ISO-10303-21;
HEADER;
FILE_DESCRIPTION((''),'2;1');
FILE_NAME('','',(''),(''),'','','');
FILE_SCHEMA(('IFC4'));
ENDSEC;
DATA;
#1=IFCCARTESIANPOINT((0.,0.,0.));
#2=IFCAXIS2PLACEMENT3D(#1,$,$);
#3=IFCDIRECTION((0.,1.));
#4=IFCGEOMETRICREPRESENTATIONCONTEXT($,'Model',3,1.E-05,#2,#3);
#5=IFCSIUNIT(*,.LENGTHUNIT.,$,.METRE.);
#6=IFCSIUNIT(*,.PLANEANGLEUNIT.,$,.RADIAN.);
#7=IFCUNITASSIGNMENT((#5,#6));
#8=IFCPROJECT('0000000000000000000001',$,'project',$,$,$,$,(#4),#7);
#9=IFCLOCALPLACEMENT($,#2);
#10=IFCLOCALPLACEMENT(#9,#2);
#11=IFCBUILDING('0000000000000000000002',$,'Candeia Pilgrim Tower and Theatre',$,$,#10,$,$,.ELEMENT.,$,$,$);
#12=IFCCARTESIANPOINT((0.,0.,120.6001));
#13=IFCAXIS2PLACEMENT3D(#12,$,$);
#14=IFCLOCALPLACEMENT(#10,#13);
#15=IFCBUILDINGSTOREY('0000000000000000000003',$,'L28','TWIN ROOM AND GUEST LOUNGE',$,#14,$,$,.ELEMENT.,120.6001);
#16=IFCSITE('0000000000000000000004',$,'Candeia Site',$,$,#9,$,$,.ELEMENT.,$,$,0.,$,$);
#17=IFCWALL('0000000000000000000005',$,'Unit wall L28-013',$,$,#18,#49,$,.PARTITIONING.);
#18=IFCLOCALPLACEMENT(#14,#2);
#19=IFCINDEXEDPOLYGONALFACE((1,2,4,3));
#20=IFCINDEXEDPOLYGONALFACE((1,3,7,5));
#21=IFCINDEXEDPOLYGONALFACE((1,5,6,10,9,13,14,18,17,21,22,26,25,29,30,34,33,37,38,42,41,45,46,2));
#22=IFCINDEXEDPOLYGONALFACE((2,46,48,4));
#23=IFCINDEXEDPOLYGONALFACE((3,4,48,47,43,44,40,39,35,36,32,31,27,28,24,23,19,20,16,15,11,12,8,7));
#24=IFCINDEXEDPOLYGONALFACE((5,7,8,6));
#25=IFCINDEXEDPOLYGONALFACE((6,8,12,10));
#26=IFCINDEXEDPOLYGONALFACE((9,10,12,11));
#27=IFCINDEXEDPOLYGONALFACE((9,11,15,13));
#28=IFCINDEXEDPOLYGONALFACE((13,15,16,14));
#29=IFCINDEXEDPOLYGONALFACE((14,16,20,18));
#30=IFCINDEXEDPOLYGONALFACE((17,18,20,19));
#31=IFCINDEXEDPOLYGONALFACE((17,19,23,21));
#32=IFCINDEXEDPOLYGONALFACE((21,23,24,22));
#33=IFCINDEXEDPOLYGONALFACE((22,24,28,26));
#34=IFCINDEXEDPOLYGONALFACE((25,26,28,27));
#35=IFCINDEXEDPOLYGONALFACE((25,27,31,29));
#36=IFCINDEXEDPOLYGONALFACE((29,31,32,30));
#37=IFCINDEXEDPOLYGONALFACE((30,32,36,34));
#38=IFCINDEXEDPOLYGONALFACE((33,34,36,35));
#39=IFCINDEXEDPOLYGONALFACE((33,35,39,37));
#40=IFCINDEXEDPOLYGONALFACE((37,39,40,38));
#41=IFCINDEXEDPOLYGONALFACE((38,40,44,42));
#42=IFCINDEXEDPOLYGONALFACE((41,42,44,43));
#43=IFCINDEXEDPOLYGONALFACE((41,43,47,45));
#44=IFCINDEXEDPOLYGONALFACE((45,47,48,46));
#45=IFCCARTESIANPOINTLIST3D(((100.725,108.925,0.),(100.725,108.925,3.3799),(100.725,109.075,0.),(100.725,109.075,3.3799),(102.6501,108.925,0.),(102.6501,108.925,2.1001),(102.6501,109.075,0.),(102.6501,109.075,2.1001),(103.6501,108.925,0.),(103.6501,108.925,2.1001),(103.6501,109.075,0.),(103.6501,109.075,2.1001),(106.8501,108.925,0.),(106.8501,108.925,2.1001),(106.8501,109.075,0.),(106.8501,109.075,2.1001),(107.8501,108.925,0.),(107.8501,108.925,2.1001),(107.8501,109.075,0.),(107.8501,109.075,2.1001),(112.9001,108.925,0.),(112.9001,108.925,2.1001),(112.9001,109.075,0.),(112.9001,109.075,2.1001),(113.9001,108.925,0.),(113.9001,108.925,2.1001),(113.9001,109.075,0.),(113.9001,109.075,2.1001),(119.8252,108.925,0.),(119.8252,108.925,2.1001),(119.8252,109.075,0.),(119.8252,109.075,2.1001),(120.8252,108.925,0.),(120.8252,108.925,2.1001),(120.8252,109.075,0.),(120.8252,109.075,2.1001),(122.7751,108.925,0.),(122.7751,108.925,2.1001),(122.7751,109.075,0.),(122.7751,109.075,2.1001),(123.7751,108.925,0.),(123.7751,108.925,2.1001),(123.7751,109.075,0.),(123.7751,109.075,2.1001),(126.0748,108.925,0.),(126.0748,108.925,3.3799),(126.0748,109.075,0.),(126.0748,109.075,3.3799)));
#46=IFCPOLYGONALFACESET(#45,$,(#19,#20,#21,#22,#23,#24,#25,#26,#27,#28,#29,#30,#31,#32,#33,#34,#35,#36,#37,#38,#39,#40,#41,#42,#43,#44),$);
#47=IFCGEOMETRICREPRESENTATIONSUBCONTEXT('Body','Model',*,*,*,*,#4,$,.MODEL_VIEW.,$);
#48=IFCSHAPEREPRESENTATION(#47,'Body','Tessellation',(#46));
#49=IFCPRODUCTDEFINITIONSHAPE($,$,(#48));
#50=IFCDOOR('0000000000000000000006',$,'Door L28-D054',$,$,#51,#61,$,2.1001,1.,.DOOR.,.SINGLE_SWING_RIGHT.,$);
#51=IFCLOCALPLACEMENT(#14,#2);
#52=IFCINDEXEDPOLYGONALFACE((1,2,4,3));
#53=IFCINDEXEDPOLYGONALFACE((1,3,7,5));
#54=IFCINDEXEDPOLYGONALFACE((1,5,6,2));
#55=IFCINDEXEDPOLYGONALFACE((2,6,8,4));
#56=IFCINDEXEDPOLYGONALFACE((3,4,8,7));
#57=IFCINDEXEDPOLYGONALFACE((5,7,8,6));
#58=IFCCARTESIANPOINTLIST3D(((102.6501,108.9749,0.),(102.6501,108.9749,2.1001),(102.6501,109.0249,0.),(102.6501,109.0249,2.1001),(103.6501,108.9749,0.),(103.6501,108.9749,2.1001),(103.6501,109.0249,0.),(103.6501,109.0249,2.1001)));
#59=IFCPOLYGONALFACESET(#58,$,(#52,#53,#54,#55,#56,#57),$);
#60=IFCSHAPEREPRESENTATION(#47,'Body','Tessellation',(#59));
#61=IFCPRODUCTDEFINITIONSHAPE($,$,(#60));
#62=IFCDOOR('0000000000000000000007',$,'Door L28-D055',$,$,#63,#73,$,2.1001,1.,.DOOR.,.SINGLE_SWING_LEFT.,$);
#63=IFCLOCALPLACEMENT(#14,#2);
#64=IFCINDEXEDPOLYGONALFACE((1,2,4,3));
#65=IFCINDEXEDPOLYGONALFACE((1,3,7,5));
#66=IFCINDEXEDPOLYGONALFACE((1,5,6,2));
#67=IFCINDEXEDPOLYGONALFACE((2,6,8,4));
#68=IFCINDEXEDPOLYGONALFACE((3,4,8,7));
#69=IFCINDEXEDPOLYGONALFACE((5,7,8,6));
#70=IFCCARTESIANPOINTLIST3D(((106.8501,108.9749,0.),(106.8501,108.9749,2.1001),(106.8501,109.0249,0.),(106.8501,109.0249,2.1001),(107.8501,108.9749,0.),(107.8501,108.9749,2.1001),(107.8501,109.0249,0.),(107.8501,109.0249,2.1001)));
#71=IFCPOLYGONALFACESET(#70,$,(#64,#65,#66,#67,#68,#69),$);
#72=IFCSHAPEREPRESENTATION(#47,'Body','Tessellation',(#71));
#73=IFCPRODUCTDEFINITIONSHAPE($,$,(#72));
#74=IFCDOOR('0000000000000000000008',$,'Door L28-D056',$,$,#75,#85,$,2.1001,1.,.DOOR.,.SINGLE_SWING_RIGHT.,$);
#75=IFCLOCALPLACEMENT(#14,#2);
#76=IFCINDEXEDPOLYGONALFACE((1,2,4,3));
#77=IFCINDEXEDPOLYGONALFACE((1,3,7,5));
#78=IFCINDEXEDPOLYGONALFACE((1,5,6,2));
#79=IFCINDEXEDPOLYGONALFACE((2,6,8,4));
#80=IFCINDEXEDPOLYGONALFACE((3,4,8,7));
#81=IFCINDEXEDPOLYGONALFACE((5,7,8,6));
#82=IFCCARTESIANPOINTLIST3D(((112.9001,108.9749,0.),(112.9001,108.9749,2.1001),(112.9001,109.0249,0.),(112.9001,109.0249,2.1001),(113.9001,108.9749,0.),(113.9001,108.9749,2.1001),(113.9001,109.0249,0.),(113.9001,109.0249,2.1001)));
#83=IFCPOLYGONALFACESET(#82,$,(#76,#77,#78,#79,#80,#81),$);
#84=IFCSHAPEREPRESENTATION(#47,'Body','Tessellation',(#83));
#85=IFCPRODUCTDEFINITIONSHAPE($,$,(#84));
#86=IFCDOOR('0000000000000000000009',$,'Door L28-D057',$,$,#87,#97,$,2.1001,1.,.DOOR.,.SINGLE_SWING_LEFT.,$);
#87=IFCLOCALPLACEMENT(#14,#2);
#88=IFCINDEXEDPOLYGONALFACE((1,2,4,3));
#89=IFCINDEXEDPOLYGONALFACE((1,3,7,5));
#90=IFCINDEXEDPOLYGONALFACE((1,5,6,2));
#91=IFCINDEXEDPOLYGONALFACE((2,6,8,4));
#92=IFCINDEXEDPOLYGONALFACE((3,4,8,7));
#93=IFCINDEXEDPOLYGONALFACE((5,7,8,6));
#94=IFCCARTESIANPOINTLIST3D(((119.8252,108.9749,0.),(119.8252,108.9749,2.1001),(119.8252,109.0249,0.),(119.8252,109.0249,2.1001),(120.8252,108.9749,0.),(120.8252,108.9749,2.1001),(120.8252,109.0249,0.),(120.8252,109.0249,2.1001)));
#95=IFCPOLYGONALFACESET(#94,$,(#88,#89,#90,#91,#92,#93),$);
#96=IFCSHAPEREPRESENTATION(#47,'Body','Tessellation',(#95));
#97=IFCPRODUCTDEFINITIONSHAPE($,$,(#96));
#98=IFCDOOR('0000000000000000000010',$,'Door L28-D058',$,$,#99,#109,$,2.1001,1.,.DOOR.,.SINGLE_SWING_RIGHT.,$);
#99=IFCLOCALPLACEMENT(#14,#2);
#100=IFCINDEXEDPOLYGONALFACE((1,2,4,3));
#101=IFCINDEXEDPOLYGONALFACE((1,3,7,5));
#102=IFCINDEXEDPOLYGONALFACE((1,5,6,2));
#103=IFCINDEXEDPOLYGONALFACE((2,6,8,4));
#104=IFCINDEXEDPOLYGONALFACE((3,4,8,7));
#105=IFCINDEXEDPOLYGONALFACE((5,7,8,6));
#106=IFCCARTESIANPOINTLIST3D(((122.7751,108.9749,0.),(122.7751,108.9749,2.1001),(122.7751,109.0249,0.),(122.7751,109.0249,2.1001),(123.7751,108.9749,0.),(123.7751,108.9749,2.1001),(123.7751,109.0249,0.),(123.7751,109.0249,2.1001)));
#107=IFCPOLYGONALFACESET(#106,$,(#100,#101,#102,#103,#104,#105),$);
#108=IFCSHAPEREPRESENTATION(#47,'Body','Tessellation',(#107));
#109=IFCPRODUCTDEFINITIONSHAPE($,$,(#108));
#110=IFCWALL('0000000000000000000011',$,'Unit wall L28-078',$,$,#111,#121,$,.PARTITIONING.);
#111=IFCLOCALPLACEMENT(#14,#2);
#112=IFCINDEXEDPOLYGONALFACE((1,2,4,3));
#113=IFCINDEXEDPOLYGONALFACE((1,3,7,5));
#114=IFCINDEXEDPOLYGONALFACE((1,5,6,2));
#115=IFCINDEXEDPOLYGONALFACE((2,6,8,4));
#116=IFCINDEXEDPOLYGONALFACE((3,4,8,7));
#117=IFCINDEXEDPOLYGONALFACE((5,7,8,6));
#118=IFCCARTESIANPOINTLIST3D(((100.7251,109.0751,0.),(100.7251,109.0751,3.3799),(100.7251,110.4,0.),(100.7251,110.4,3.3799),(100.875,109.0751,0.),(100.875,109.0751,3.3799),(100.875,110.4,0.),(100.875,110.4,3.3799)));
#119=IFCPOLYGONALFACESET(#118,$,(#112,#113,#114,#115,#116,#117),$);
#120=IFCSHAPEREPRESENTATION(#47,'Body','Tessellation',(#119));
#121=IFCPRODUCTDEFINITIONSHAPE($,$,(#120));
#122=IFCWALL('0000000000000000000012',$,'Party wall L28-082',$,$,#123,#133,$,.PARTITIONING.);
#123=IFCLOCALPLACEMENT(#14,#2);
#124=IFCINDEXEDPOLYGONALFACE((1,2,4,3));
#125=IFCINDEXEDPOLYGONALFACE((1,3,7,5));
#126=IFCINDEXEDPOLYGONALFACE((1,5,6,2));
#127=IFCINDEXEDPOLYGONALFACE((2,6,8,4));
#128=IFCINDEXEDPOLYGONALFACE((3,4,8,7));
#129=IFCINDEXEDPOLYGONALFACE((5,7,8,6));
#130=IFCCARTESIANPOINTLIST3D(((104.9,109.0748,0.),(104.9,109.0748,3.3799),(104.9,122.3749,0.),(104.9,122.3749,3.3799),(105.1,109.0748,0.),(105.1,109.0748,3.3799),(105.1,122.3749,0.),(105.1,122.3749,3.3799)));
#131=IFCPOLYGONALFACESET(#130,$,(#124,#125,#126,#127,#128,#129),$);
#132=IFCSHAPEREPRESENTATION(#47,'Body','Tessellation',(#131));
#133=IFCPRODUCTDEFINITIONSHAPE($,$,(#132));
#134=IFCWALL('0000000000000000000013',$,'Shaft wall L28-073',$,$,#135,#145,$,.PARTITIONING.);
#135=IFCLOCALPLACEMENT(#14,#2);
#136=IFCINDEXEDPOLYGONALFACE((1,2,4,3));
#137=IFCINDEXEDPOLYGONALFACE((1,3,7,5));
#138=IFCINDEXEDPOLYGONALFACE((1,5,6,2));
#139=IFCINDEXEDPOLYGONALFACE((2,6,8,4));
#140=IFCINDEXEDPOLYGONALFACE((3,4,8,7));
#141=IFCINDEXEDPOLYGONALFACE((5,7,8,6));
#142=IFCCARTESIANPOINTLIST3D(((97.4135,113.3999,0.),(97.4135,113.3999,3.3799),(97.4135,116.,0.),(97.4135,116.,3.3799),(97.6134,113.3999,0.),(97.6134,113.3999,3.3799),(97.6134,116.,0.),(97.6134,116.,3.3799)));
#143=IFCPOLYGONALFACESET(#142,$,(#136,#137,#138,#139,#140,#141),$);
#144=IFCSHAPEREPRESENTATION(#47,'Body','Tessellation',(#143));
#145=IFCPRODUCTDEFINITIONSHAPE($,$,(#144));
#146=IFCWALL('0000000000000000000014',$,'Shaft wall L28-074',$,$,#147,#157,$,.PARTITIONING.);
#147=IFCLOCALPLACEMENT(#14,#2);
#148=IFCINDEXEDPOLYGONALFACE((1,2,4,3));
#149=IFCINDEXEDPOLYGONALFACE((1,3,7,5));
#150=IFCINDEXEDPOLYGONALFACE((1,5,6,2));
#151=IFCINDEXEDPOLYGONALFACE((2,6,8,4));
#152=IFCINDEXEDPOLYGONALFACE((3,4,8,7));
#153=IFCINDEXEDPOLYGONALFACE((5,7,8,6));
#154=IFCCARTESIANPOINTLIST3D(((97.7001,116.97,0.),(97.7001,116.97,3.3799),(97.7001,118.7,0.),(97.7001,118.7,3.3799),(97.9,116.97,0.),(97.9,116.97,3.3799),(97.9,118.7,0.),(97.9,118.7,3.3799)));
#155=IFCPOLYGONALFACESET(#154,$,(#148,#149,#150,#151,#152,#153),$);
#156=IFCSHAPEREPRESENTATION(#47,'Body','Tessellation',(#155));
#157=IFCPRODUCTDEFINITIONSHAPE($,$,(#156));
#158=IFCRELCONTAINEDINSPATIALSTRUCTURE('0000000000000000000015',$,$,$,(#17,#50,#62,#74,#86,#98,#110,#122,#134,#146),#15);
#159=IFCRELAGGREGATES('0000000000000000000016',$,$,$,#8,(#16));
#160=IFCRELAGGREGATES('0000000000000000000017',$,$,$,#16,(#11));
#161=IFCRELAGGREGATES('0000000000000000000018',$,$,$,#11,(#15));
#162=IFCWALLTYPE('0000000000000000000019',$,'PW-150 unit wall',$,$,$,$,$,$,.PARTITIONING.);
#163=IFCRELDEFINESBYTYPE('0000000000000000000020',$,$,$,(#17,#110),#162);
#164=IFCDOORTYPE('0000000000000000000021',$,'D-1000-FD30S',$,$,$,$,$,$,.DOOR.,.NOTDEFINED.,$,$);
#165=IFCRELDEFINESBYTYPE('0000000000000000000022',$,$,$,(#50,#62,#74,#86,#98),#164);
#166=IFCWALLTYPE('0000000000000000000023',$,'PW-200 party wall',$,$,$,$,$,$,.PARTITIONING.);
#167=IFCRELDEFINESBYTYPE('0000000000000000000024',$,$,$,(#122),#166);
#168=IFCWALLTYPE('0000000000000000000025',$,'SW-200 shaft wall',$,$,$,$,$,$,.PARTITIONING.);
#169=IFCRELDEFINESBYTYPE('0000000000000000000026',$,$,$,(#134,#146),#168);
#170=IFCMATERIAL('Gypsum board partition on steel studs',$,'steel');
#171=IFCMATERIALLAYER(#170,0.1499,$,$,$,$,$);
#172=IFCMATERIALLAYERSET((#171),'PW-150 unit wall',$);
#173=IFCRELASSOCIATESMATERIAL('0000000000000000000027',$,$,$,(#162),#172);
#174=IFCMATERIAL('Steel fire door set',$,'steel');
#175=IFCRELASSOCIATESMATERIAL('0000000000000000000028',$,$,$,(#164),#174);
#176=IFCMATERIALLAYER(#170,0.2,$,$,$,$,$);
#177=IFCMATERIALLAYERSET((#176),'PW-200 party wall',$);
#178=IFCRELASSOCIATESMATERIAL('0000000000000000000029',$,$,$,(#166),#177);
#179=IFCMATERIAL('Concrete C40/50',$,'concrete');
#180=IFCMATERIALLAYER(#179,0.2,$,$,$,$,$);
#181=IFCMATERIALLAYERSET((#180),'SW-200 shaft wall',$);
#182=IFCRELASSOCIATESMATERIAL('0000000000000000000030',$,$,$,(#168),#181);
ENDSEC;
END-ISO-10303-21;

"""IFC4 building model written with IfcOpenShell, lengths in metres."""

from ifc_helpers import new_model, si_unit, direction, frame, frame_2d, origin, place, context, subcontext, project, spatial, rectangle, extrude, material, layer, layer_set, type_object, element, fill, save


model = new_model("IFC4")

# Units and contexts
model_context = context("Model", 3, precision=1e-05, world=origin(), true_north=direction((0.0, 1.0)))
body_context = subcontext(model_context, "Body", "Model", "MODEL_VIEW")
ifc_project = project(units=[si_unit("LENGTHUNIT", "METRE"), si_unit("PLANEANGLEUNIT", "RADIAN")], contexts=[model_context])

# Site, building, storey
site_placement = place(None, origin())
site = spatial("IfcSite", under=ifc_project, at=site_placement, Name="Candeia Site", CompositionType="ELEMENT", RefElevation=0.0)
building_placement = place(site_placement, origin())
building = spatial("IfcBuilding", under=site, at=building_placement, Name="Candeia Pilgrim Tower and Theatre", CompositionType="ELEMENT")
storey_placement = place(building_placement, frame((0.0, 0.0, 120.6001)))
storey = spatial("IfcBuildingStorey", under=building, at=storey_placement, Name="L28", Description="TWIN ROOM AND GUEST LOUNGE", CompositionType="ELEMENT", Elevation=120.6001)

# Shared definitions
ifc_material_1 = material(Name="Steel fire door set", Category="steel")

# Shared definitions
ifc_material_2 = material(Name="Gypsum board partition on steel studs", Category="steel")

# Wall, openings, doors
ifc_layer_1 = layer(ifc_material_2, 0.1499)
ifc_layer_set_1 = layer_set([ifc_layer_1], Name="PW-150 unit wall")
wall_type_1 = type_object("IfcWallType", Name="PW-150 unit wall", PredefinedType="PARTITIONING", material=ifc_layer_set_1)
wall_1_placement = place(storey_placement, frame((100.7251, 109.0, 0.0), z_axis=(0.0, 0.0, 1.0), x_axis=(1.0, 0.0, 0.0)))
wall_1 = element("IfcWall", 1, at=wall_1_placement, inside=storey, type_object=wall_type_1, Name="Unit wall L28-013", PredefinedType="PARTITIONING", context=body_context, shape_type="SweptSolid", body=[
    extrude(rectangle(XDim=25.3499, YDim=0.1499, at=frame_2d((12.6748, 0.0))), origin(), (0.0, 0.0, 1.0), 3.3799),
])
opening_1_placement = place(wall_1_placement, frame((1.925, 0.0, 0.0)))
opening_1 = element("IfcOpeningElement", 2, at=opening_1_placement, cuts=wall_1, PredefinedType="OPENING", context=body_context, shape_type="SweptSolid", body=[
    extrude(rectangle(XDim=1.0, YDim=2.1001, at=frame_2d((0.5, 1.05))), frame((0.0, 0.085, 0.0), z_axis=(0.0, -1.0, 0.0), x_axis=(1.0, 0.0, 0.0)), (0.0, 0.0, 1.0), 0.1699),
])
opening_2_placement = place(wall_1_placement, frame((6.125, 0.0, 0.0)))
opening_2 = element("IfcOpeningElement", 3, at=opening_2_placement, cuts=wall_1, PredefinedType="OPENING", context=body_context, shape_type="SweptSolid", body=[
    extrude(rectangle(XDim=1.0, YDim=2.1001, at=frame_2d((0.5, 1.05))), frame((0.0, 0.085, 0.0), z_axis=(0.0, -1.0, 0.0), x_axis=(1.0, 0.0, 0.0)), (0.0, 0.0, 1.0), 0.1699),
])
opening_3_placement = place(wall_1_placement, frame((12.175, 0.0, 0.0)))
opening_3 = element("IfcOpeningElement", 4, at=opening_3_placement, cuts=wall_1, PredefinedType="OPENING", context=body_context, shape_type="SweptSolid", body=[
    extrude(rectangle(XDim=1.0, YDim=2.1001, at=frame_2d((0.5, 1.05))), frame((0.0, 0.085, 0.0), z_axis=(0.0, -1.0, 0.0), x_axis=(1.0, 0.0, 0.0)), (0.0, 0.0, 1.0), 0.1699),
])
opening_4_placement = place(wall_1_placement, frame((19.1001, 0.0, 0.0)))
opening_4 = element("IfcOpeningElement", 5, at=opening_4_placement, cuts=wall_1, PredefinedType="OPENING", context=body_context, shape_type="SweptSolid", body=[
    extrude(rectangle(XDim=1.0, YDim=2.1001, at=frame_2d((0.5, 1.05))), frame((0.0, 0.085, 0.0), z_axis=(0.0, -1.0, 0.0), x_axis=(1.0, 0.0, 0.0)), (0.0, 0.0, 1.0), 0.1699),
])
opening_5_placement = place(wall_1_placement, frame((22.05, 0.0, 0.0)))
opening_5 = element("IfcOpeningElement", 6, at=opening_5_placement, cuts=wall_1, PredefinedType="OPENING", context=body_context, shape_type="SweptSolid", body=[
    extrude(rectangle(XDim=1.0, YDim=2.1001, at=frame_2d((0.5, 1.05))), frame((0.0, 0.085, 0.0), z_axis=(0.0, -1.0, 0.0), x_axis=(1.0, 0.0, 0.0)), (0.0, 0.0, 1.0), 0.1699),
])
door_type_1 = type_object("IfcDoorType", Name="D-1000-FD30S", OperationType="NOTDEFINED", PredefinedType="DOOR", material=ifc_material_1)
door_1_placement = place(opening_1_placement, origin())
door_1 = element("IfcDoor", 7, at=door_1_placement, inside=storey, type_object=door_type_1, Name="Door L28-D054", OperationType="SINGLE_SWING_RIGHT", OverallHeight=2.1001, OverallWidth=1.0, PredefinedType="DOOR", context=body_context, shape_type="SweptSolid", body=[
    extrude(rectangle(XDim=1.0, YDim=2.1001, at=frame_2d((0.5, 1.05))), frame((0.0, 0.0249, 0.0), z_axis=(0.0, -1.0, 0.0), x_axis=(1.0, 0.0, 0.0)), (0.0, 0.0, 1.0), 0.05),
])
fill(opening_1, door_1)
door_2_placement = place(opening_2_placement, origin())
door_2 = element("IfcDoor", 8, at=door_2_placement, inside=storey, type_object=door_type_1, Name="Door L28-D055", OperationType="SINGLE_SWING_LEFT", OverallHeight=2.1001, OverallWidth=1.0, PredefinedType="DOOR", context=body_context, shape_type="SweptSolid", body=[
    extrude(rectangle(XDim=1.0, YDim=2.1001, at=frame_2d((0.5, 1.05))), frame((0.0, 0.0249, 0.0), z_axis=(0.0, -1.0, 0.0), x_axis=(1.0, 0.0, 0.0)), (0.0, 0.0, 1.0), 0.05),
])
fill(opening_2, door_2)
door_3_placement = place(opening_3_placement, origin())
door_3 = element("IfcDoor", 9, at=door_3_placement, inside=storey, type_object=door_type_1, Name="Door L28-D056", OperationType="SINGLE_SWING_RIGHT", OverallHeight=2.1001, OverallWidth=1.0, PredefinedType="DOOR", context=body_context, shape_type="SweptSolid", body=[
    extrude(rectangle(XDim=1.0, YDim=2.1001, at=frame_2d((0.5, 1.05))), frame((0.0, 0.0249, 0.0), z_axis=(0.0, -1.0, 0.0), x_axis=(1.0, 0.0, 0.0)), (0.0, 0.0, 1.0), 0.05),
])
fill(opening_3, door_3)
door_4_placement = place(opening_4_placement, origin())
door_4 = element("IfcDoor", 10, at=door_4_placement, inside=storey, type_object=door_type_1, Name="Door L28-D057", OperationType="SINGLE_SWING_LEFT", OverallHeight=2.1001, OverallWidth=1.0, PredefinedType="DOOR", context=body_context, shape_type="SweptSolid", body=[
    extrude(rectangle(XDim=1.0, YDim=2.1001, at=frame_2d((0.5, 1.05))), frame((0.0, 0.0249, 0.0), z_axis=(0.0, -1.0, 0.0), x_axis=(1.0, 0.0, 0.0)), (0.0, 0.0, 1.0), 0.05),
])
fill(opening_4, door_4)
door_5_placement = place(opening_5_placement, origin())
door_5 = element("IfcDoor", 11, at=door_5_placement, inside=storey, type_object=door_type_1, Name="Door L28-D058", OperationType="SINGLE_SWING_RIGHT", OverallHeight=2.1001, OverallWidth=1.0, PredefinedType="DOOR", context=body_context, shape_type="SweptSolid", body=[
    extrude(rectangle(XDim=1.0, YDim=2.1001, at=frame_2d((0.5, 1.05))), frame((0.0, 0.0249, 0.0), z_axis=(0.0, -1.0, 0.0), x_axis=(1.0, 0.0, 0.0)), (0.0, 0.0, 1.0), 0.05),
])
fill(opening_5, door_5)

# Walls
wall_2_placement = place(storey_placement, frame((100.8, 109.075, 0.0), z_axis=(0.0, 0.0, 1.0), x_axis=(0.0, 1.0, 0.0)))
element("IfcWall", 12, at=wall_2_placement, inside=storey, type_object=wall_type_1, Name="Unit wall L28-078", PredefinedType="PARTITIONING", context=body_context, shape_type="SweptSolid", body=[
    extrude(rectangle(XDim=1.325, YDim=0.1499, at=frame_2d((0.6626, 0.0))), origin(), (0.0, 0.0, 1.0), 3.3799),
])
ifc_layer_2 = layer(ifc_material_2, 0.2)
ifc_layer_set_2 = layer_set([ifc_layer_2], Name="PW-200 party wall")
wall_type_2 = type_object("IfcWallType", Name="PW-200 party wall", PredefinedType="PARTITIONING", material=ifc_layer_set_2)
wall_3_placement = place(storey_placement, frame((105.0, 109.075, 0.0), z_axis=(0.0, 0.0, 1.0), x_axis=(0.0, 1.0, 0.0)))
element("IfcWall", 13, at=wall_3_placement, inside=storey, type_object=wall_type_2, Name="Party wall L28-082", PredefinedType="PARTITIONING", context=body_context, shape_type="SweptSolid", body=[
    extrude(rectangle(XDim=13.3, YDim=0.2, at=frame_2d((6.6499, 0.0))), origin(), (0.0, 0.0, 1.0), 3.3799),
])
ifc_material_3 = material(Name="Concrete C40/50", Category="concrete")
ifc_layer_3 = layer(ifc_material_3, 0.2)
ifc_layer_set_3 = layer_set([ifc_layer_3], Name="SW-200 shaft wall")
wall_type_3 = type_object("IfcWallType", Name="SW-200 shaft wall", PredefinedType="PARTITIONING", material=ifc_layer_set_3)
wall_4_placement = place(storey_placement, frame((97.5134, 113.3999, 0.0), z_axis=(0.0, 0.0, 1.0), x_axis=(0.0, 1.0, 0.0)))
element("IfcWall", 14, at=wall_4_placement, inside=storey, type_object=wall_type_3, Name="Shaft wall L28-073", PredefinedType="PARTITIONING", context=body_context, shape_type="SweptSolid", body=[
    extrude(rectangle(XDim=2.6001, YDim=0.2, at=frame_2d((1.3, 0.0))), origin(), (0.0, 0.0, 1.0), 3.3799),
])
wall_5_placement = place(storey_placement, frame((97.8, 116.97, 0.0), z_axis=(0.0, 0.0, 1.0), x_axis=(0.0, 1.0, 0.0)))
element("IfcWall", 15, at=wall_5_placement, inside=storey, type_object=wall_type_3, Name="Shaft wall L28-074", PredefinedType="PARTITIONING", context=body_context, shape_type="SweptSolid", body=[
    extrude(rectangle(XDim=1.73, YDim=0.2, at=frame_2d((0.865, 0.0))), origin(), (0.0, 0.0, 1.0), 3.3799),
])

save(model, "model.ifc")
